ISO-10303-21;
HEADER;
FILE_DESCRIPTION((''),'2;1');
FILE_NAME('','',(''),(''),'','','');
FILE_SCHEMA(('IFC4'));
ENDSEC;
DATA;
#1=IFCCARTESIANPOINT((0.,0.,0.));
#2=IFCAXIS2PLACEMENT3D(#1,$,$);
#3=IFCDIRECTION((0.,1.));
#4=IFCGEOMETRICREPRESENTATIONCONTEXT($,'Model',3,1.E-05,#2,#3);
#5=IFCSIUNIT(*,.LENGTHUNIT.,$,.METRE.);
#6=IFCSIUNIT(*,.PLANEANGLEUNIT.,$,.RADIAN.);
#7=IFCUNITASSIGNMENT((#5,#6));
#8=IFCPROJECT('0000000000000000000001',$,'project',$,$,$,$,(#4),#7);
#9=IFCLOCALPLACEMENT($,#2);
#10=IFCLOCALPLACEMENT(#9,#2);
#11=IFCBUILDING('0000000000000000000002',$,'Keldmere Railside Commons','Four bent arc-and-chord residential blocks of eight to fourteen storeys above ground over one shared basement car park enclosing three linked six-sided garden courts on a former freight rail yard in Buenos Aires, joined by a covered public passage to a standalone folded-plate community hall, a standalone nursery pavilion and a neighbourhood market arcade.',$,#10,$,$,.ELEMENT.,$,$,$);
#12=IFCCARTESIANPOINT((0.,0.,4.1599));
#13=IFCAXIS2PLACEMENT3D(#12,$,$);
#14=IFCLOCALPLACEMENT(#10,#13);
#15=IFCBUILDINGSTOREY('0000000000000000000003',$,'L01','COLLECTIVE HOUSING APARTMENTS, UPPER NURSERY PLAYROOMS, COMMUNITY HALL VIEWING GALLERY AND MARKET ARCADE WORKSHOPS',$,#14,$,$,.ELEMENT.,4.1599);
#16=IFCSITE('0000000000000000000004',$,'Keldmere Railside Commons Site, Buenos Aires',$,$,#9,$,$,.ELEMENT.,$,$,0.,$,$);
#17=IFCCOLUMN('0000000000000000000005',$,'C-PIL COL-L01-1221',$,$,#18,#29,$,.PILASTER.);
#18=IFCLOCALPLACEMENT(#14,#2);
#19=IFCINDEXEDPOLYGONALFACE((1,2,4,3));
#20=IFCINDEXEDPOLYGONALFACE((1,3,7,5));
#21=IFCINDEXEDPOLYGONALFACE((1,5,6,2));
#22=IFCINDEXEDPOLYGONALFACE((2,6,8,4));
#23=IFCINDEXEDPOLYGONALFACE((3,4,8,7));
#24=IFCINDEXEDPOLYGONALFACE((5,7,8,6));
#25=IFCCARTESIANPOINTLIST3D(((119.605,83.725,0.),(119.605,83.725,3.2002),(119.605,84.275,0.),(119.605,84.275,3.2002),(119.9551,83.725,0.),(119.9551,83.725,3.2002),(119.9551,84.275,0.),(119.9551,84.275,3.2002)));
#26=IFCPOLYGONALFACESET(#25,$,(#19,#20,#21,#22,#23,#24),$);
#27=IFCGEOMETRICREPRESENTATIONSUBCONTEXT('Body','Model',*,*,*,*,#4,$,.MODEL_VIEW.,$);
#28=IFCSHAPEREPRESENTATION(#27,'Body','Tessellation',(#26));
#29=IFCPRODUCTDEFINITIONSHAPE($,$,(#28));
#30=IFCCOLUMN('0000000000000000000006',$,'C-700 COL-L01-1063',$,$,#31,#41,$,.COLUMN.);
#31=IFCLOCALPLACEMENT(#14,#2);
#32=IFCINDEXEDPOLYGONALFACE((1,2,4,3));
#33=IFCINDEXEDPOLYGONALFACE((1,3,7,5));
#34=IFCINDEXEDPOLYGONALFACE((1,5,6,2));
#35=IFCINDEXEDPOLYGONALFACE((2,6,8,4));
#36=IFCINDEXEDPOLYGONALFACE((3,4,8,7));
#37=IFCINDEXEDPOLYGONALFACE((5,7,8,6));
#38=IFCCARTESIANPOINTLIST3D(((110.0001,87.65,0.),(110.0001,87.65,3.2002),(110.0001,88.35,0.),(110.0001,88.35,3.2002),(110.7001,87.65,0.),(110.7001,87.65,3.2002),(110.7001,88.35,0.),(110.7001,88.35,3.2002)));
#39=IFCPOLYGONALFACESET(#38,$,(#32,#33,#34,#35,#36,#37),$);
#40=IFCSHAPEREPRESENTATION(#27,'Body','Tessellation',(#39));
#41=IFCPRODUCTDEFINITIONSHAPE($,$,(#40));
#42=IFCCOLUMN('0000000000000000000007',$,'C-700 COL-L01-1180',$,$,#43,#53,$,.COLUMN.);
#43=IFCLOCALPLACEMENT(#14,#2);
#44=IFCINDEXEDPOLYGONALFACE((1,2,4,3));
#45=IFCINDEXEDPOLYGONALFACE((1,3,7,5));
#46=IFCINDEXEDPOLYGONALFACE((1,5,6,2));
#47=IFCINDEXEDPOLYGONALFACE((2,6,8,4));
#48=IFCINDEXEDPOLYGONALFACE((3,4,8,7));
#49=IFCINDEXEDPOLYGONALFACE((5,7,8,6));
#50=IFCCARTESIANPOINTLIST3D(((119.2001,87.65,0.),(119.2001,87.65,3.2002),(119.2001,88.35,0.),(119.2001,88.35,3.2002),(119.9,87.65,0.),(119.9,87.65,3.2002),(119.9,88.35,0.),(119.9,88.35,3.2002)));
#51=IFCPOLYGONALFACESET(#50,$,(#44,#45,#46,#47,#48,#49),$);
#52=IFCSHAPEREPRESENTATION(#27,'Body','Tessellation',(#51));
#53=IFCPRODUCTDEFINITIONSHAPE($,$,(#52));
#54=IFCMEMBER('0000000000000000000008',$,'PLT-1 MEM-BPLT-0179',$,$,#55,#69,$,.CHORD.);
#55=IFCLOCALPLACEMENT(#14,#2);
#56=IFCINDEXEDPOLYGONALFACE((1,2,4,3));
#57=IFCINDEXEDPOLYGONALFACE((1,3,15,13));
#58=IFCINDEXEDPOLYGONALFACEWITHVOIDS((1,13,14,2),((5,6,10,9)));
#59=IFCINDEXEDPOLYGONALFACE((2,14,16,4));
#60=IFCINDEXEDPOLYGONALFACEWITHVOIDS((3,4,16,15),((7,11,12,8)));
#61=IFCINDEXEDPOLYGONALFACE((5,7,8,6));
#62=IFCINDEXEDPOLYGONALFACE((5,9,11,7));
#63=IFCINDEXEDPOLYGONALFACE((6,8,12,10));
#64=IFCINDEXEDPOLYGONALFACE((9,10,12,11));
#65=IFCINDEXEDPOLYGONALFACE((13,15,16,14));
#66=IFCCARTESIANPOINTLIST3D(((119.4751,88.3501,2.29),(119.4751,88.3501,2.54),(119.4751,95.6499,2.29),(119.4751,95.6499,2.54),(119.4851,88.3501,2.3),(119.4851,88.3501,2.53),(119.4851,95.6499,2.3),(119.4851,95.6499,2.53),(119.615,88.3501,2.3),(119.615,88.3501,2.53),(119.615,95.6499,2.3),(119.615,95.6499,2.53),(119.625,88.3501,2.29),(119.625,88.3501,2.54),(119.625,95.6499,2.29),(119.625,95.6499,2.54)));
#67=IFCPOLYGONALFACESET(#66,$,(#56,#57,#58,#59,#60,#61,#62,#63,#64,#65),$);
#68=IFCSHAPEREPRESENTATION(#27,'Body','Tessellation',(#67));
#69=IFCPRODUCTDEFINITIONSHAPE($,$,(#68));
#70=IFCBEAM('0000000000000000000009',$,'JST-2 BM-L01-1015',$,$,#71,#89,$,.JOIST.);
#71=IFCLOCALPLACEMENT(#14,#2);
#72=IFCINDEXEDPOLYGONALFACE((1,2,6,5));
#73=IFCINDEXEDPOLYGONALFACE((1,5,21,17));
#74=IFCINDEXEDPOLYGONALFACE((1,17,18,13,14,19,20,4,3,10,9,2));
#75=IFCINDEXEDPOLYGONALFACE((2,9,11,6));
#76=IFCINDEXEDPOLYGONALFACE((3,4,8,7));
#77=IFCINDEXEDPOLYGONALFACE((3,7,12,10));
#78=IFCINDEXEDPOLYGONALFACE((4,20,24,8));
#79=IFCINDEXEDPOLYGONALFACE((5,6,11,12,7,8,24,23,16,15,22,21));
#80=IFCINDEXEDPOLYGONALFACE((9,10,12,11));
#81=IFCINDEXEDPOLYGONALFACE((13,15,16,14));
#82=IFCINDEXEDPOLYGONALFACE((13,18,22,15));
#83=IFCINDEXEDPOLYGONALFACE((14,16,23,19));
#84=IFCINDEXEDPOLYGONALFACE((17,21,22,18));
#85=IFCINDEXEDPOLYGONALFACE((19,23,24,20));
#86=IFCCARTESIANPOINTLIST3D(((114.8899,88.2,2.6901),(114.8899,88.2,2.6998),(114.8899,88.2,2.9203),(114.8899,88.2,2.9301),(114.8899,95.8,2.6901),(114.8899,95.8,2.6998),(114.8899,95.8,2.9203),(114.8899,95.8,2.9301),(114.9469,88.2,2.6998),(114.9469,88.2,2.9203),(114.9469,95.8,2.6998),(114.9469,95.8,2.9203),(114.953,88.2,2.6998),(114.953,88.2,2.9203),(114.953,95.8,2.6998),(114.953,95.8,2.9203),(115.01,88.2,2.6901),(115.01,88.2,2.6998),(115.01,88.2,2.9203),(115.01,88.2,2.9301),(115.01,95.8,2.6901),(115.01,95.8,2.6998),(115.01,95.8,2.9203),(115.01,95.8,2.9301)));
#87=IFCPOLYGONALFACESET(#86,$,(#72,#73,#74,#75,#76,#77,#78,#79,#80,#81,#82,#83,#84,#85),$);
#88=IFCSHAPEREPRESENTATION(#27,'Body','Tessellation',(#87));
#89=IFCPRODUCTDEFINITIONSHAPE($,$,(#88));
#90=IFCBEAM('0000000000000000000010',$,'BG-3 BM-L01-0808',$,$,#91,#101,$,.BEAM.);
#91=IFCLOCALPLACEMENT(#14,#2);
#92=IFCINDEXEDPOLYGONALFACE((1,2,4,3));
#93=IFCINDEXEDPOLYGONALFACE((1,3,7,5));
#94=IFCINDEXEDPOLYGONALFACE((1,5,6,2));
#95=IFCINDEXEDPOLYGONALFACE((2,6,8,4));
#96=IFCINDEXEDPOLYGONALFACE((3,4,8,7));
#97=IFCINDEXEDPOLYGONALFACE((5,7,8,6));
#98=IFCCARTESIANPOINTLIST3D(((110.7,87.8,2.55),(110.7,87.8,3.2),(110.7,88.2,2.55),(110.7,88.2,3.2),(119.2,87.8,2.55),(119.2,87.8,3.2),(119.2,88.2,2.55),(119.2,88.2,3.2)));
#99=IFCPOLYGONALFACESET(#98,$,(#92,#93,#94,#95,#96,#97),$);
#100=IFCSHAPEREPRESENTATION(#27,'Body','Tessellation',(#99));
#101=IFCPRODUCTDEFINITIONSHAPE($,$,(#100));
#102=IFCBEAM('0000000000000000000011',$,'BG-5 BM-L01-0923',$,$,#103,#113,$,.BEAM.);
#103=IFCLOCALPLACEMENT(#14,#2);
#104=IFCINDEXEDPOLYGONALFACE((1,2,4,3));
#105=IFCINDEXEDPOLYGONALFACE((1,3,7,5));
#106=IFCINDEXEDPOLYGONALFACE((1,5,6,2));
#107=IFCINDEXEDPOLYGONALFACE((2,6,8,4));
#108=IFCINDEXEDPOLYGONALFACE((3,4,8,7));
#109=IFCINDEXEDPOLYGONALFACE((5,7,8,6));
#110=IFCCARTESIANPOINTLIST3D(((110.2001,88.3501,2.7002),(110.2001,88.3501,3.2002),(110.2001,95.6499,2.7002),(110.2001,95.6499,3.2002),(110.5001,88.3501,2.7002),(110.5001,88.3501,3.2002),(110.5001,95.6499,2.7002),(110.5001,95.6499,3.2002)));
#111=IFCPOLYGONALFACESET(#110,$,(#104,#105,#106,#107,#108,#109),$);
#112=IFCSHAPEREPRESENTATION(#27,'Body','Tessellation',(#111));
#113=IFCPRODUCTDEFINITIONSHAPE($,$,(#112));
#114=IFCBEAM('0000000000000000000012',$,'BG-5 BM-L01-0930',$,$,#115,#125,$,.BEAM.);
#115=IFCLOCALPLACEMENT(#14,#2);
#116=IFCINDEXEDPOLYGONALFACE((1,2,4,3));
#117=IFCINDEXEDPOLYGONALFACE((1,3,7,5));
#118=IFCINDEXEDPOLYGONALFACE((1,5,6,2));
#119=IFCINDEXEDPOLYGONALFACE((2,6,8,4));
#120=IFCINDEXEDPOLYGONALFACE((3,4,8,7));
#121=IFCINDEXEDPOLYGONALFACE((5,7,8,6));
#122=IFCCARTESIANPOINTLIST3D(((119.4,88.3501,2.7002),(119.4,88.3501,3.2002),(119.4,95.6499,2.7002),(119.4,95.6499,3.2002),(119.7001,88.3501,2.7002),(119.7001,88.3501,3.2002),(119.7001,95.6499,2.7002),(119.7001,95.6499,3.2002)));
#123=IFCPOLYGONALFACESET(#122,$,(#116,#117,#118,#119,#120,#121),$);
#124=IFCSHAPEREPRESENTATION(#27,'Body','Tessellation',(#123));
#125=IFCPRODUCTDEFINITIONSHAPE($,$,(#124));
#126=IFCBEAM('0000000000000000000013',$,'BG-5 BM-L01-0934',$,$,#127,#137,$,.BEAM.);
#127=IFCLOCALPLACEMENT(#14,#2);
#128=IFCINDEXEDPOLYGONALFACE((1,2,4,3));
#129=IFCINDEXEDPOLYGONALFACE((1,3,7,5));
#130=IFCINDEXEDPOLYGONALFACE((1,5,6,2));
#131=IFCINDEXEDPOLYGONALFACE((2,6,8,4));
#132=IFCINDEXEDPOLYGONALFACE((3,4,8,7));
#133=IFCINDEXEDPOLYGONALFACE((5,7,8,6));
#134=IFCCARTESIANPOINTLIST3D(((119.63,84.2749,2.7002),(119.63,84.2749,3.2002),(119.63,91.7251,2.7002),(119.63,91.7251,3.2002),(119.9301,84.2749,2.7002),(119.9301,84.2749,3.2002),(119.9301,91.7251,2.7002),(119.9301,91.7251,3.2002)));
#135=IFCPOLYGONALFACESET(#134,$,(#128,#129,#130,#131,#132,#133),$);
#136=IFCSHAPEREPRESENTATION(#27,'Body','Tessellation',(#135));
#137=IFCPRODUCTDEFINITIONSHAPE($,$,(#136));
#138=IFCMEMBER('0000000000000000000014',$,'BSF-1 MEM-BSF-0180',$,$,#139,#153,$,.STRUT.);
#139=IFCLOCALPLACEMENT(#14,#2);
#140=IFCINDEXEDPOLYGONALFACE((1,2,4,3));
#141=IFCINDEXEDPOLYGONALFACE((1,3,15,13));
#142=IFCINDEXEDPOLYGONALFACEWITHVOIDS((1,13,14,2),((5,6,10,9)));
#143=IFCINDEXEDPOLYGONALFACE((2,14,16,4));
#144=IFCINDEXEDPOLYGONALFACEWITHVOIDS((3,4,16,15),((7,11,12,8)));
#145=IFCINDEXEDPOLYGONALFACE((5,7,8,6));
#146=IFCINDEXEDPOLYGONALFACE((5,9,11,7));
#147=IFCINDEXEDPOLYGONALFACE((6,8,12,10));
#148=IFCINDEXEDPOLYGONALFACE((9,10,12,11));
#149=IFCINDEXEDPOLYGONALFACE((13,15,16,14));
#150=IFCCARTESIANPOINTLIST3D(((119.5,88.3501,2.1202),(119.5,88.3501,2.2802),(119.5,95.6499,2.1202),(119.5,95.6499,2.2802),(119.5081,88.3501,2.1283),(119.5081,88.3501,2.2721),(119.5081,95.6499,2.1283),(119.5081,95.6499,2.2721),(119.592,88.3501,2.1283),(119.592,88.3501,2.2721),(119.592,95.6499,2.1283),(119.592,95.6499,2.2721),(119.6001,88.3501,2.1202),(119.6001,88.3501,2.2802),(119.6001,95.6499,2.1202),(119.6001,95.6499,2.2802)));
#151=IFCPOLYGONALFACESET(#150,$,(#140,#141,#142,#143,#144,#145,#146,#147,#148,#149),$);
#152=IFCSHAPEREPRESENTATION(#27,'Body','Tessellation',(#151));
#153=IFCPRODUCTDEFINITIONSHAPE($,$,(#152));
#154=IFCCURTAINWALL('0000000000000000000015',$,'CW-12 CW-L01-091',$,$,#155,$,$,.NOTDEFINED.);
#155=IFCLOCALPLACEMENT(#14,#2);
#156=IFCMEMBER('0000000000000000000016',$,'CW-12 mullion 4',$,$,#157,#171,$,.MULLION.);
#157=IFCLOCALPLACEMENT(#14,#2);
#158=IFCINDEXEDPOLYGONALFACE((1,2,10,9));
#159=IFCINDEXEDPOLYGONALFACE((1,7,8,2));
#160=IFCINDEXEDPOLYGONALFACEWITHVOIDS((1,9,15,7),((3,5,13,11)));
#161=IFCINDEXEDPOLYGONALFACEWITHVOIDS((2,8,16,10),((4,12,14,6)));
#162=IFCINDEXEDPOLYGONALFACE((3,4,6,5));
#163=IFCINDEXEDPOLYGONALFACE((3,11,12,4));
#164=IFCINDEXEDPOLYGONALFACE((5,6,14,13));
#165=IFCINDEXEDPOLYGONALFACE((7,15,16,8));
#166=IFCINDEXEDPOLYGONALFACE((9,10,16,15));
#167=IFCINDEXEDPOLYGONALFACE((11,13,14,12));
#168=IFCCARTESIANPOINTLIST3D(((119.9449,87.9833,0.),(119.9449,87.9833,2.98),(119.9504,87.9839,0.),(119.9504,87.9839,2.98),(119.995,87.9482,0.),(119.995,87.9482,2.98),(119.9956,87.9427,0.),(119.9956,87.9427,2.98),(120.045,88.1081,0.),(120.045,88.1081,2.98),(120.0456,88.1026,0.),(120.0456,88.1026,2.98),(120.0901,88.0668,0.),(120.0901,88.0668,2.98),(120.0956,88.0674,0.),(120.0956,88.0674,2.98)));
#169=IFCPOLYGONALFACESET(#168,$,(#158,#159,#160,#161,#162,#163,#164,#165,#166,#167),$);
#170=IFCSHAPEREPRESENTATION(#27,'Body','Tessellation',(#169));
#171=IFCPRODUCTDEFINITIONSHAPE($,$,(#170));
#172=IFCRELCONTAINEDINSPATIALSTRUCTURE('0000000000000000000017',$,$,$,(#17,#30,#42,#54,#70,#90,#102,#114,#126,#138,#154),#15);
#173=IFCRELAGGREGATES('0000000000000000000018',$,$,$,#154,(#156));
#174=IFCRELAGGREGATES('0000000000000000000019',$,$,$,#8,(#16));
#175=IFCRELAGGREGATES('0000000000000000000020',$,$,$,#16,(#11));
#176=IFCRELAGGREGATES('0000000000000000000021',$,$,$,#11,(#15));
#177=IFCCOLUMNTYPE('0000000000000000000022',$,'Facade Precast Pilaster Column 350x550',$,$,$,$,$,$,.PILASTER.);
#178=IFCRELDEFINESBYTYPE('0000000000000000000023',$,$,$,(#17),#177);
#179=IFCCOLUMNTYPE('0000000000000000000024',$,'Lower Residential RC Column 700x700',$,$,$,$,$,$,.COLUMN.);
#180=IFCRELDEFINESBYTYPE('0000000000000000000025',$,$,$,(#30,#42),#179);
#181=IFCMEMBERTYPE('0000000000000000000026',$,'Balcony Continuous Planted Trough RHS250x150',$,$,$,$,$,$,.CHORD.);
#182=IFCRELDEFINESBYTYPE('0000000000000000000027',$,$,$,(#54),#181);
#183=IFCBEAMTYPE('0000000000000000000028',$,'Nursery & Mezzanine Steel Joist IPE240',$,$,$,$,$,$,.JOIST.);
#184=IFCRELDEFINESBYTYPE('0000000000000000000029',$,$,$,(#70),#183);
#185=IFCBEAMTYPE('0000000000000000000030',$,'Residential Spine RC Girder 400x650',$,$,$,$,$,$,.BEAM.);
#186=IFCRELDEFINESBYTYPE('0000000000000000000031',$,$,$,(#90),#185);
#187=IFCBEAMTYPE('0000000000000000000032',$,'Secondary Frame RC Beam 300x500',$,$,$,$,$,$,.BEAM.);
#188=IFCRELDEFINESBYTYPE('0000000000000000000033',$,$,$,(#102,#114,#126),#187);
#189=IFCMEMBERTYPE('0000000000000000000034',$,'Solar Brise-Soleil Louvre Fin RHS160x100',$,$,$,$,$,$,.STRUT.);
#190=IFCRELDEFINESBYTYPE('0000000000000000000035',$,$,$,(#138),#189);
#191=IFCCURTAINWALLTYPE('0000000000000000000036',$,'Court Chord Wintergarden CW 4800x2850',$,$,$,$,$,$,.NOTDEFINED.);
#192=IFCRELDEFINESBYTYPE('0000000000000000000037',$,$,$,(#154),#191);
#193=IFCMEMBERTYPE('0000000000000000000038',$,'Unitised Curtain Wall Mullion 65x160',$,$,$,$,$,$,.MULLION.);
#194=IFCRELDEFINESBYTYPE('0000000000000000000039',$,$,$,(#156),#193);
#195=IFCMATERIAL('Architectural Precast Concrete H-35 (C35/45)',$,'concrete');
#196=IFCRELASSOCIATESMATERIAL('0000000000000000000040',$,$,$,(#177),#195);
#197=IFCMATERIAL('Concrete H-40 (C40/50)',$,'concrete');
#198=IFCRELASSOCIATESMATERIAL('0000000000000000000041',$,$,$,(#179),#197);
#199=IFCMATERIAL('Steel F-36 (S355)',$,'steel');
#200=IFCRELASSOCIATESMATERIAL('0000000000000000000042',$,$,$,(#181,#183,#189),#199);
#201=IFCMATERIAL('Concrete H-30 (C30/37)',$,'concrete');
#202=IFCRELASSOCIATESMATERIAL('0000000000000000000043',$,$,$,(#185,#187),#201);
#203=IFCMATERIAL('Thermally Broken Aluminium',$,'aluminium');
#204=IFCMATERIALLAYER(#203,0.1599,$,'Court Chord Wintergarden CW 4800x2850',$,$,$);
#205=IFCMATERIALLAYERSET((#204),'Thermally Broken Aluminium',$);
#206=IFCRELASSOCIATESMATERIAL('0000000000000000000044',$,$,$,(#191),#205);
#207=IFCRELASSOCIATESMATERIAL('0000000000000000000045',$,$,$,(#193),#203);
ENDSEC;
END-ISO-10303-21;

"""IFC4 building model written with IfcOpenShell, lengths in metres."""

from ifc_helpers import new_model, si_unit, direction, frame, origin, origin_2d, place, context, subcontext, project, spatial, rectangle, hollow_rectangle, i_section, extrude, material, layer, layer_set, material_profile, profile_set, type_object, element, aggregate, save


model = new_model("IFC4")

# Units and contexts
model_context = context("Model", 3, precision=1e-05, world=origin(), true_north=direction((0.0, 1.0)))
body_context = subcontext(model_context, "Body", "Model", "MODEL_VIEW")
ifc_project = project(units=[si_unit("LENGTHUNIT", "METRE"), si_unit("PLANEANGLEUNIT", "RADIAN")], contexts=[model_context])

# Site, building, storey
site_placement = place(None, origin())
site = spatial("IfcSite", under=ifc_project, at=site_placement, Name="Keldmere Railside Commons Site, Buenos Aires", CompositionType="ELEMENT", RefElevation=0.0)
building_placement = place(site_placement, origin())
building = spatial("IfcBuilding", under=site, at=building_placement, Name="Keldmere Railside Commons", Description="Four bent arc-and-chord residential blocks of eight to fourteen storeys above ground over one shared basement car park enclosing three linked six-sided garden courts on a former freight rail yard in Buenos Aires, joined by a covered public passage to a standalone folded-plate community hall, a standalone nursery pavilion and a neighbourhood market arcade.", CompositionType="ELEMENT")
storey_placement = place(building_placement, frame((0.0, 0.0, 4.1599)))
storey = spatial("IfcBuildingStorey", under=building, at=storey_placement, Name="L01", Description="COLLECTIVE HOUSING APARTMENTS, UPPER NURSERY PLAYROOMS, COMMUNITY HALL VIEWING GALLERY AND MARKET ARCADE WORKSHOPS", CompositionType="ELEMENT", Elevation=4.1599)

# Columns
ifc_material_1 = material(Name="Architectural Precast Concrete H-35 (C35/45)", Category="concrete")
ifc_material_profile_1 = material_profile(ifc_material_1, rectangle(XDim=0.3501, YDim=0.55, at=origin_2d()), Name="RC-350x550")
ifc_profile_set_1 = profile_set([ifc_material_profile_1], Name="Architectural Precast Concrete H-35 (C35/45)")
column_type_1 = type_object("IfcColumnType", Name="Facade Precast Pilaster Column 350x550", PredefinedType="PILASTER", material=ifc_profile_set_1)
column_placement = place(storey_placement, frame((119.78, 84.0, 0.0), z_axis=(0.0, 0.0, 1.0), x_axis=(1.0, 0.0, 0.0)))
element("IfcColumn", 1, at=column_placement, inside=storey, type_object=column_type_1, Name="C-PIL COL-L01-1221", PredefinedType="PILASTER", context=body_context, shape_type="SweptSolid", body=[
    extrude(rectangle(XDim=0.3501, YDim=0.55, at=origin_2d()), origin(), (0.0, 0.0, 1.0), 3.2002),
])
ifc_material_2 = material(Name="Concrete H-40 (C40/50)", Category="concrete")
ifc_material_profile_2 = material_profile(ifc_material_2, rectangle(XDim=0.7, YDim=0.7, at=origin_2d()), Name="RC-700x700")
ifc_profile_set_2 = profile_set([ifc_material_profile_2], Name="Concrete H-40 (C40/50)")
column_type_2 = type_object("IfcColumnType", Name="Lower Residential RC Column 700x700", PredefinedType="COLUMN", material=ifc_profile_set_2)
for number, where, z_axis, x_axis, name in (
    (2, (110.3501, 88.0, 0.0), (0.0, 0.0, 1.0), (1.0, 0.0, 0.0), "C-700 COL-L01-1063"),
    (3, (119.55, 88.0, 0.0), (0.0, 0.0, 1.0), (1.0, 0.0, 0.0), "C-700 COL-L01-1180"),
):
    element("IfcColumn", number, at=place(storey_placement, frame(where, z_axis=z_axis, x_axis=x_axis)), inside=storey, type_object=column_type_2, Name=name, PredefinedType="COLUMN", context=body_context, shape_type="SweptSolid", body=[
        extrude(rectangle(XDim=0.7, YDim=0.7, at=origin_2d()), origin(), (0.0, 0.0, 1.0), 3.2002),
    ])

# Member
ifc_material_3 = material(Name="Steel F-36 (S355)", Category="steel")
ifc_material_profile_3 = material_profile(ifc_material_3, hollow_rectangle(XDim=0.1499, YDim=0.25, WallThickness=0.01, at=origin_2d()), Name="RHS-250x150x10")
ifc_profile_set_3 = profile_set([ifc_material_profile_3], Name="Steel F-36 (S355)")
member_type_1 = type_object("IfcMemberType", Name="Balcony Continuous Planted Trough RHS250x150", PredefinedType="CHORD", material=ifc_profile_set_3)
member_1_placement = place(storey_placement, frame((119.55, 88.3501, 2.415), z_axis=(0.0, 1.0, 0.0), x_axis=(-1.0, 0.0, 0.0)))
element("IfcMember", 4, at=member_1_placement, inside=storey, type_object=member_type_1, Name="PLT-1 MEM-BPLT-0179", PredefinedType="CHORD", context=body_context, shape_type="SweptSolid", body=[
    extrude(hollow_rectangle(XDim=0.1499, YDim=0.25, WallThickness=0.01, at=origin_2d()), origin(), (0.0, 0.0, 1.0), 7.2998),
])

# Beams
ifc_material_profile_4 = material_profile(ifc_material_3, i_section(OverallWidth=0.1201, OverallDepth=0.24, WebThickness=0.0061, FlangeThickness=0.0098, at=origin_2d()), Name="IPE-240")
ifc_profile_set_4 = profile_set([ifc_material_profile_4], Name="Steel F-36 (S355)")
beam_type_1 = type_object("IfcBeamType", Name="Nursery & Mezzanine Steel Joist IPE240", PredefinedType="JOIST", material=ifc_profile_set_4)
beam_1_placement = place(storey_placement, frame((114.95, 88.2, 2.8101), z_axis=(0.0, 1.0, 0.0), x_axis=(-1.0, 0.0, 0.0)))
element("IfcBeam", 5, at=beam_1_placement, inside=storey, type_object=beam_type_1, Name="JST-2 BM-L01-1015", PredefinedType="JOIST", context=body_context, shape_type="SweptSolid", body=[
    extrude(i_section(OverallWidth=0.1201, OverallDepth=0.24, WebThickness=0.0061, FlangeThickness=0.0098, at=origin_2d()), origin(), (0.0, 0.0, 1.0), 7.6001),
])
ifc_material_4 = material(Name="Concrete H-30 (C30/37)", Category="concrete")
ifc_material_profile_5 = material_profile(ifc_material_4, rectangle(XDim=0.3999, YDim=0.6499, at=origin_2d()), Name="RC-400x650")
ifc_profile_set_5 = profile_set([ifc_material_profile_5], Name="Concrete H-30 (C30/37)")
beam_type_2 = type_object("IfcBeamType", Name="Residential Spine RC Girder 400x650", PredefinedType="BEAM", material=ifc_profile_set_5)
beam_2_placement = place(storey_placement, frame((110.7, 88.0, 2.875), z_axis=(1.0, 0.0, 0.0), x_axis=(0.0, 1.0, 0.0)))
element("IfcBeam", 6, at=beam_2_placement, inside=storey, type_object=beam_type_2, Name="BG-3 BM-L01-0808", PredefinedType="BEAM", context=body_context, shape_type="SweptSolid", body=[
    extrude(rectangle(XDim=0.3999, YDim=0.6499, at=origin_2d()), origin(), (0.0, 0.0, 1.0), 8.5),
])
ifc_material_profile_6 = material_profile(ifc_material_4, rectangle(XDim=0.3, YDim=0.5, at=origin_2d()), Name="RC-300x500")
ifc_profile_set_6 = profile_set([ifc_material_profile_6], Name="Concrete H-30 (C30/37)")
beam_type_3 = type_object("IfcBeamType", Name="Secondary Frame RC Beam 300x500", PredefinedType="BEAM", material=ifc_profile_set_6)
for number, where, z_axis, x_axis, name in (
    (7, (110.3501, 88.3501, 2.9502), (0.0, 1.0, 0.0), (-1.0, 0.0, 0.0), "BG-5 BM-L01-0923"),
    (8, (119.55, 88.3501, 2.9502), (0.0, 1.0, 0.0), (-1.0, 0.0, 0.0), "BG-5 BM-L01-0930"),
):
    element("IfcBeam", number, at=place(storey_placement, frame(where, z_axis=z_axis, x_axis=x_axis)), inside=storey, type_object=beam_type_3, Name=name, PredefinedType="BEAM", context=body_context, shape_type="SweptSolid", body=[
        extrude(rectangle(XDim=0.3, YDim=0.5, at=origin_2d()), origin(), (0.0, 0.0, 1.0), 7.2998),
    ])
beam_3_placement = place(storey_placement, frame((119.78, 84.2749, 2.9502), z_axis=(0.0, 1.0, 0.0), x_axis=(-1.0, 0.0, 0.0)))
element("IfcBeam", 9, at=beam_3_placement, inside=storey, type_object=beam_type_3, Name="BG-5 BM-L01-0934", PredefinedType="BEAM", context=body_context, shape_type="SweptSolid", body=[
    extrude(rectangle(XDim=0.3, YDim=0.5, at=origin_2d()), origin(), (0.0, 0.0, 1.0), 7.4502),
])

# Member
ifc_material_profile_7 = material_profile(ifc_material_3, hollow_rectangle(XDim=0.1001, YDim=0.1599, WallThickness=0.0081, at=origin_2d()), Name="RHS-160x100x8")
ifc_profile_set_7 = profile_set([ifc_material_profile_7], Name="Steel F-36 (S355)")
member_type_2 = type_object("IfcMemberType", Name="Solar Brise-Soleil Louvre Fin RHS160x100", PredefinedType="STRUT", material=ifc_profile_set_7)
member_2_placement = place(storey_placement, frame((119.55, 88.3501, 2.2002), z_axis=(0.0, 1.0, 0.0), x_axis=(-1.0, 0.0, 0.0)))
element("IfcMember", 10, at=member_2_placement, inside=storey, type_object=member_type_2, Name="BSF-1 MEM-BSF-0180", PredefinedType="STRUT", context=body_context, shape_type="SweptSolid", body=[
    extrude(hollow_rectangle(XDim=0.1001, YDim=0.1599, WallThickness=0.0081, at=origin_2d()), origin(), (0.0, 0.0, 1.0), 7.2998),
])

# Curtain wall, member
ifc_material_5 = material(Name="Thermally Broken Aluminium", Category="aluminium")
ifc_layer_1 = layer(ifc_material_5, 0.1599, Name="Court Chord Wintergarden CW 4800x2850")
ifc_layer_set_1 = layer_set([ifc_layer_1], Name="Thermally Broken Aluminium")
curtain_wall_type = type_object("IfcCurtainWallType", Name="Court Chord Wintergarden CW 4800x2850", PredefinedType="NOTDEFINED", material=ifc_layer_set_1)
curtain_wall_placement = place(storey_placement, origin())
curtain_wall = element("IfcCurtainWall", 11, at=curtain_wall_placement, inside=storey, type_object=curtain_wall_type, Name="CW-12 CW-L01-091", PredefinedType="NOTDEFINED")
ifc_material_profile_8 = material_profile(ifc_material_5, hollow_rectangle(XDim=0.0649, YDim=0.1599, WallThickness=0.0039, at=origin_2d()), Name="ALU-MULL-65x160")
ifc_profile_set_8 = profile_set([ifc_material_profile_8], Name="Thermally Broken Aluminium")
member_type_3 = type_object("IfcMemberType", Name="Unitised Curtain Wall Mullion 65x160", PredefinedType="MULLION", material=ifc_profile_set_8)
member_3_placement = place(storey_placement, frame((120.0203, 88.0254, 0.0), z_axis=(0.0, 0.0, 1.0), x_axis=(0.780009, -0.625768, 0.0)))
member_3 = element("IfcMember", 12, at=member_3_placement, type_object=member_type_3, Name="CW-12 mullion 4", PredefinedType="MULLION", context=body_context, shape_type="SweptSolid", body=[
    extrude(hollow_rectangle(XDim=0.0649, YDim=0.1599, WallThickness=0.0039, at=origin_2d()), origin(), (0.0, 0.0, 1.0), 2.98),
])
aggregate(curtain_wall, [member_3])

save(model, "model.ifc")
